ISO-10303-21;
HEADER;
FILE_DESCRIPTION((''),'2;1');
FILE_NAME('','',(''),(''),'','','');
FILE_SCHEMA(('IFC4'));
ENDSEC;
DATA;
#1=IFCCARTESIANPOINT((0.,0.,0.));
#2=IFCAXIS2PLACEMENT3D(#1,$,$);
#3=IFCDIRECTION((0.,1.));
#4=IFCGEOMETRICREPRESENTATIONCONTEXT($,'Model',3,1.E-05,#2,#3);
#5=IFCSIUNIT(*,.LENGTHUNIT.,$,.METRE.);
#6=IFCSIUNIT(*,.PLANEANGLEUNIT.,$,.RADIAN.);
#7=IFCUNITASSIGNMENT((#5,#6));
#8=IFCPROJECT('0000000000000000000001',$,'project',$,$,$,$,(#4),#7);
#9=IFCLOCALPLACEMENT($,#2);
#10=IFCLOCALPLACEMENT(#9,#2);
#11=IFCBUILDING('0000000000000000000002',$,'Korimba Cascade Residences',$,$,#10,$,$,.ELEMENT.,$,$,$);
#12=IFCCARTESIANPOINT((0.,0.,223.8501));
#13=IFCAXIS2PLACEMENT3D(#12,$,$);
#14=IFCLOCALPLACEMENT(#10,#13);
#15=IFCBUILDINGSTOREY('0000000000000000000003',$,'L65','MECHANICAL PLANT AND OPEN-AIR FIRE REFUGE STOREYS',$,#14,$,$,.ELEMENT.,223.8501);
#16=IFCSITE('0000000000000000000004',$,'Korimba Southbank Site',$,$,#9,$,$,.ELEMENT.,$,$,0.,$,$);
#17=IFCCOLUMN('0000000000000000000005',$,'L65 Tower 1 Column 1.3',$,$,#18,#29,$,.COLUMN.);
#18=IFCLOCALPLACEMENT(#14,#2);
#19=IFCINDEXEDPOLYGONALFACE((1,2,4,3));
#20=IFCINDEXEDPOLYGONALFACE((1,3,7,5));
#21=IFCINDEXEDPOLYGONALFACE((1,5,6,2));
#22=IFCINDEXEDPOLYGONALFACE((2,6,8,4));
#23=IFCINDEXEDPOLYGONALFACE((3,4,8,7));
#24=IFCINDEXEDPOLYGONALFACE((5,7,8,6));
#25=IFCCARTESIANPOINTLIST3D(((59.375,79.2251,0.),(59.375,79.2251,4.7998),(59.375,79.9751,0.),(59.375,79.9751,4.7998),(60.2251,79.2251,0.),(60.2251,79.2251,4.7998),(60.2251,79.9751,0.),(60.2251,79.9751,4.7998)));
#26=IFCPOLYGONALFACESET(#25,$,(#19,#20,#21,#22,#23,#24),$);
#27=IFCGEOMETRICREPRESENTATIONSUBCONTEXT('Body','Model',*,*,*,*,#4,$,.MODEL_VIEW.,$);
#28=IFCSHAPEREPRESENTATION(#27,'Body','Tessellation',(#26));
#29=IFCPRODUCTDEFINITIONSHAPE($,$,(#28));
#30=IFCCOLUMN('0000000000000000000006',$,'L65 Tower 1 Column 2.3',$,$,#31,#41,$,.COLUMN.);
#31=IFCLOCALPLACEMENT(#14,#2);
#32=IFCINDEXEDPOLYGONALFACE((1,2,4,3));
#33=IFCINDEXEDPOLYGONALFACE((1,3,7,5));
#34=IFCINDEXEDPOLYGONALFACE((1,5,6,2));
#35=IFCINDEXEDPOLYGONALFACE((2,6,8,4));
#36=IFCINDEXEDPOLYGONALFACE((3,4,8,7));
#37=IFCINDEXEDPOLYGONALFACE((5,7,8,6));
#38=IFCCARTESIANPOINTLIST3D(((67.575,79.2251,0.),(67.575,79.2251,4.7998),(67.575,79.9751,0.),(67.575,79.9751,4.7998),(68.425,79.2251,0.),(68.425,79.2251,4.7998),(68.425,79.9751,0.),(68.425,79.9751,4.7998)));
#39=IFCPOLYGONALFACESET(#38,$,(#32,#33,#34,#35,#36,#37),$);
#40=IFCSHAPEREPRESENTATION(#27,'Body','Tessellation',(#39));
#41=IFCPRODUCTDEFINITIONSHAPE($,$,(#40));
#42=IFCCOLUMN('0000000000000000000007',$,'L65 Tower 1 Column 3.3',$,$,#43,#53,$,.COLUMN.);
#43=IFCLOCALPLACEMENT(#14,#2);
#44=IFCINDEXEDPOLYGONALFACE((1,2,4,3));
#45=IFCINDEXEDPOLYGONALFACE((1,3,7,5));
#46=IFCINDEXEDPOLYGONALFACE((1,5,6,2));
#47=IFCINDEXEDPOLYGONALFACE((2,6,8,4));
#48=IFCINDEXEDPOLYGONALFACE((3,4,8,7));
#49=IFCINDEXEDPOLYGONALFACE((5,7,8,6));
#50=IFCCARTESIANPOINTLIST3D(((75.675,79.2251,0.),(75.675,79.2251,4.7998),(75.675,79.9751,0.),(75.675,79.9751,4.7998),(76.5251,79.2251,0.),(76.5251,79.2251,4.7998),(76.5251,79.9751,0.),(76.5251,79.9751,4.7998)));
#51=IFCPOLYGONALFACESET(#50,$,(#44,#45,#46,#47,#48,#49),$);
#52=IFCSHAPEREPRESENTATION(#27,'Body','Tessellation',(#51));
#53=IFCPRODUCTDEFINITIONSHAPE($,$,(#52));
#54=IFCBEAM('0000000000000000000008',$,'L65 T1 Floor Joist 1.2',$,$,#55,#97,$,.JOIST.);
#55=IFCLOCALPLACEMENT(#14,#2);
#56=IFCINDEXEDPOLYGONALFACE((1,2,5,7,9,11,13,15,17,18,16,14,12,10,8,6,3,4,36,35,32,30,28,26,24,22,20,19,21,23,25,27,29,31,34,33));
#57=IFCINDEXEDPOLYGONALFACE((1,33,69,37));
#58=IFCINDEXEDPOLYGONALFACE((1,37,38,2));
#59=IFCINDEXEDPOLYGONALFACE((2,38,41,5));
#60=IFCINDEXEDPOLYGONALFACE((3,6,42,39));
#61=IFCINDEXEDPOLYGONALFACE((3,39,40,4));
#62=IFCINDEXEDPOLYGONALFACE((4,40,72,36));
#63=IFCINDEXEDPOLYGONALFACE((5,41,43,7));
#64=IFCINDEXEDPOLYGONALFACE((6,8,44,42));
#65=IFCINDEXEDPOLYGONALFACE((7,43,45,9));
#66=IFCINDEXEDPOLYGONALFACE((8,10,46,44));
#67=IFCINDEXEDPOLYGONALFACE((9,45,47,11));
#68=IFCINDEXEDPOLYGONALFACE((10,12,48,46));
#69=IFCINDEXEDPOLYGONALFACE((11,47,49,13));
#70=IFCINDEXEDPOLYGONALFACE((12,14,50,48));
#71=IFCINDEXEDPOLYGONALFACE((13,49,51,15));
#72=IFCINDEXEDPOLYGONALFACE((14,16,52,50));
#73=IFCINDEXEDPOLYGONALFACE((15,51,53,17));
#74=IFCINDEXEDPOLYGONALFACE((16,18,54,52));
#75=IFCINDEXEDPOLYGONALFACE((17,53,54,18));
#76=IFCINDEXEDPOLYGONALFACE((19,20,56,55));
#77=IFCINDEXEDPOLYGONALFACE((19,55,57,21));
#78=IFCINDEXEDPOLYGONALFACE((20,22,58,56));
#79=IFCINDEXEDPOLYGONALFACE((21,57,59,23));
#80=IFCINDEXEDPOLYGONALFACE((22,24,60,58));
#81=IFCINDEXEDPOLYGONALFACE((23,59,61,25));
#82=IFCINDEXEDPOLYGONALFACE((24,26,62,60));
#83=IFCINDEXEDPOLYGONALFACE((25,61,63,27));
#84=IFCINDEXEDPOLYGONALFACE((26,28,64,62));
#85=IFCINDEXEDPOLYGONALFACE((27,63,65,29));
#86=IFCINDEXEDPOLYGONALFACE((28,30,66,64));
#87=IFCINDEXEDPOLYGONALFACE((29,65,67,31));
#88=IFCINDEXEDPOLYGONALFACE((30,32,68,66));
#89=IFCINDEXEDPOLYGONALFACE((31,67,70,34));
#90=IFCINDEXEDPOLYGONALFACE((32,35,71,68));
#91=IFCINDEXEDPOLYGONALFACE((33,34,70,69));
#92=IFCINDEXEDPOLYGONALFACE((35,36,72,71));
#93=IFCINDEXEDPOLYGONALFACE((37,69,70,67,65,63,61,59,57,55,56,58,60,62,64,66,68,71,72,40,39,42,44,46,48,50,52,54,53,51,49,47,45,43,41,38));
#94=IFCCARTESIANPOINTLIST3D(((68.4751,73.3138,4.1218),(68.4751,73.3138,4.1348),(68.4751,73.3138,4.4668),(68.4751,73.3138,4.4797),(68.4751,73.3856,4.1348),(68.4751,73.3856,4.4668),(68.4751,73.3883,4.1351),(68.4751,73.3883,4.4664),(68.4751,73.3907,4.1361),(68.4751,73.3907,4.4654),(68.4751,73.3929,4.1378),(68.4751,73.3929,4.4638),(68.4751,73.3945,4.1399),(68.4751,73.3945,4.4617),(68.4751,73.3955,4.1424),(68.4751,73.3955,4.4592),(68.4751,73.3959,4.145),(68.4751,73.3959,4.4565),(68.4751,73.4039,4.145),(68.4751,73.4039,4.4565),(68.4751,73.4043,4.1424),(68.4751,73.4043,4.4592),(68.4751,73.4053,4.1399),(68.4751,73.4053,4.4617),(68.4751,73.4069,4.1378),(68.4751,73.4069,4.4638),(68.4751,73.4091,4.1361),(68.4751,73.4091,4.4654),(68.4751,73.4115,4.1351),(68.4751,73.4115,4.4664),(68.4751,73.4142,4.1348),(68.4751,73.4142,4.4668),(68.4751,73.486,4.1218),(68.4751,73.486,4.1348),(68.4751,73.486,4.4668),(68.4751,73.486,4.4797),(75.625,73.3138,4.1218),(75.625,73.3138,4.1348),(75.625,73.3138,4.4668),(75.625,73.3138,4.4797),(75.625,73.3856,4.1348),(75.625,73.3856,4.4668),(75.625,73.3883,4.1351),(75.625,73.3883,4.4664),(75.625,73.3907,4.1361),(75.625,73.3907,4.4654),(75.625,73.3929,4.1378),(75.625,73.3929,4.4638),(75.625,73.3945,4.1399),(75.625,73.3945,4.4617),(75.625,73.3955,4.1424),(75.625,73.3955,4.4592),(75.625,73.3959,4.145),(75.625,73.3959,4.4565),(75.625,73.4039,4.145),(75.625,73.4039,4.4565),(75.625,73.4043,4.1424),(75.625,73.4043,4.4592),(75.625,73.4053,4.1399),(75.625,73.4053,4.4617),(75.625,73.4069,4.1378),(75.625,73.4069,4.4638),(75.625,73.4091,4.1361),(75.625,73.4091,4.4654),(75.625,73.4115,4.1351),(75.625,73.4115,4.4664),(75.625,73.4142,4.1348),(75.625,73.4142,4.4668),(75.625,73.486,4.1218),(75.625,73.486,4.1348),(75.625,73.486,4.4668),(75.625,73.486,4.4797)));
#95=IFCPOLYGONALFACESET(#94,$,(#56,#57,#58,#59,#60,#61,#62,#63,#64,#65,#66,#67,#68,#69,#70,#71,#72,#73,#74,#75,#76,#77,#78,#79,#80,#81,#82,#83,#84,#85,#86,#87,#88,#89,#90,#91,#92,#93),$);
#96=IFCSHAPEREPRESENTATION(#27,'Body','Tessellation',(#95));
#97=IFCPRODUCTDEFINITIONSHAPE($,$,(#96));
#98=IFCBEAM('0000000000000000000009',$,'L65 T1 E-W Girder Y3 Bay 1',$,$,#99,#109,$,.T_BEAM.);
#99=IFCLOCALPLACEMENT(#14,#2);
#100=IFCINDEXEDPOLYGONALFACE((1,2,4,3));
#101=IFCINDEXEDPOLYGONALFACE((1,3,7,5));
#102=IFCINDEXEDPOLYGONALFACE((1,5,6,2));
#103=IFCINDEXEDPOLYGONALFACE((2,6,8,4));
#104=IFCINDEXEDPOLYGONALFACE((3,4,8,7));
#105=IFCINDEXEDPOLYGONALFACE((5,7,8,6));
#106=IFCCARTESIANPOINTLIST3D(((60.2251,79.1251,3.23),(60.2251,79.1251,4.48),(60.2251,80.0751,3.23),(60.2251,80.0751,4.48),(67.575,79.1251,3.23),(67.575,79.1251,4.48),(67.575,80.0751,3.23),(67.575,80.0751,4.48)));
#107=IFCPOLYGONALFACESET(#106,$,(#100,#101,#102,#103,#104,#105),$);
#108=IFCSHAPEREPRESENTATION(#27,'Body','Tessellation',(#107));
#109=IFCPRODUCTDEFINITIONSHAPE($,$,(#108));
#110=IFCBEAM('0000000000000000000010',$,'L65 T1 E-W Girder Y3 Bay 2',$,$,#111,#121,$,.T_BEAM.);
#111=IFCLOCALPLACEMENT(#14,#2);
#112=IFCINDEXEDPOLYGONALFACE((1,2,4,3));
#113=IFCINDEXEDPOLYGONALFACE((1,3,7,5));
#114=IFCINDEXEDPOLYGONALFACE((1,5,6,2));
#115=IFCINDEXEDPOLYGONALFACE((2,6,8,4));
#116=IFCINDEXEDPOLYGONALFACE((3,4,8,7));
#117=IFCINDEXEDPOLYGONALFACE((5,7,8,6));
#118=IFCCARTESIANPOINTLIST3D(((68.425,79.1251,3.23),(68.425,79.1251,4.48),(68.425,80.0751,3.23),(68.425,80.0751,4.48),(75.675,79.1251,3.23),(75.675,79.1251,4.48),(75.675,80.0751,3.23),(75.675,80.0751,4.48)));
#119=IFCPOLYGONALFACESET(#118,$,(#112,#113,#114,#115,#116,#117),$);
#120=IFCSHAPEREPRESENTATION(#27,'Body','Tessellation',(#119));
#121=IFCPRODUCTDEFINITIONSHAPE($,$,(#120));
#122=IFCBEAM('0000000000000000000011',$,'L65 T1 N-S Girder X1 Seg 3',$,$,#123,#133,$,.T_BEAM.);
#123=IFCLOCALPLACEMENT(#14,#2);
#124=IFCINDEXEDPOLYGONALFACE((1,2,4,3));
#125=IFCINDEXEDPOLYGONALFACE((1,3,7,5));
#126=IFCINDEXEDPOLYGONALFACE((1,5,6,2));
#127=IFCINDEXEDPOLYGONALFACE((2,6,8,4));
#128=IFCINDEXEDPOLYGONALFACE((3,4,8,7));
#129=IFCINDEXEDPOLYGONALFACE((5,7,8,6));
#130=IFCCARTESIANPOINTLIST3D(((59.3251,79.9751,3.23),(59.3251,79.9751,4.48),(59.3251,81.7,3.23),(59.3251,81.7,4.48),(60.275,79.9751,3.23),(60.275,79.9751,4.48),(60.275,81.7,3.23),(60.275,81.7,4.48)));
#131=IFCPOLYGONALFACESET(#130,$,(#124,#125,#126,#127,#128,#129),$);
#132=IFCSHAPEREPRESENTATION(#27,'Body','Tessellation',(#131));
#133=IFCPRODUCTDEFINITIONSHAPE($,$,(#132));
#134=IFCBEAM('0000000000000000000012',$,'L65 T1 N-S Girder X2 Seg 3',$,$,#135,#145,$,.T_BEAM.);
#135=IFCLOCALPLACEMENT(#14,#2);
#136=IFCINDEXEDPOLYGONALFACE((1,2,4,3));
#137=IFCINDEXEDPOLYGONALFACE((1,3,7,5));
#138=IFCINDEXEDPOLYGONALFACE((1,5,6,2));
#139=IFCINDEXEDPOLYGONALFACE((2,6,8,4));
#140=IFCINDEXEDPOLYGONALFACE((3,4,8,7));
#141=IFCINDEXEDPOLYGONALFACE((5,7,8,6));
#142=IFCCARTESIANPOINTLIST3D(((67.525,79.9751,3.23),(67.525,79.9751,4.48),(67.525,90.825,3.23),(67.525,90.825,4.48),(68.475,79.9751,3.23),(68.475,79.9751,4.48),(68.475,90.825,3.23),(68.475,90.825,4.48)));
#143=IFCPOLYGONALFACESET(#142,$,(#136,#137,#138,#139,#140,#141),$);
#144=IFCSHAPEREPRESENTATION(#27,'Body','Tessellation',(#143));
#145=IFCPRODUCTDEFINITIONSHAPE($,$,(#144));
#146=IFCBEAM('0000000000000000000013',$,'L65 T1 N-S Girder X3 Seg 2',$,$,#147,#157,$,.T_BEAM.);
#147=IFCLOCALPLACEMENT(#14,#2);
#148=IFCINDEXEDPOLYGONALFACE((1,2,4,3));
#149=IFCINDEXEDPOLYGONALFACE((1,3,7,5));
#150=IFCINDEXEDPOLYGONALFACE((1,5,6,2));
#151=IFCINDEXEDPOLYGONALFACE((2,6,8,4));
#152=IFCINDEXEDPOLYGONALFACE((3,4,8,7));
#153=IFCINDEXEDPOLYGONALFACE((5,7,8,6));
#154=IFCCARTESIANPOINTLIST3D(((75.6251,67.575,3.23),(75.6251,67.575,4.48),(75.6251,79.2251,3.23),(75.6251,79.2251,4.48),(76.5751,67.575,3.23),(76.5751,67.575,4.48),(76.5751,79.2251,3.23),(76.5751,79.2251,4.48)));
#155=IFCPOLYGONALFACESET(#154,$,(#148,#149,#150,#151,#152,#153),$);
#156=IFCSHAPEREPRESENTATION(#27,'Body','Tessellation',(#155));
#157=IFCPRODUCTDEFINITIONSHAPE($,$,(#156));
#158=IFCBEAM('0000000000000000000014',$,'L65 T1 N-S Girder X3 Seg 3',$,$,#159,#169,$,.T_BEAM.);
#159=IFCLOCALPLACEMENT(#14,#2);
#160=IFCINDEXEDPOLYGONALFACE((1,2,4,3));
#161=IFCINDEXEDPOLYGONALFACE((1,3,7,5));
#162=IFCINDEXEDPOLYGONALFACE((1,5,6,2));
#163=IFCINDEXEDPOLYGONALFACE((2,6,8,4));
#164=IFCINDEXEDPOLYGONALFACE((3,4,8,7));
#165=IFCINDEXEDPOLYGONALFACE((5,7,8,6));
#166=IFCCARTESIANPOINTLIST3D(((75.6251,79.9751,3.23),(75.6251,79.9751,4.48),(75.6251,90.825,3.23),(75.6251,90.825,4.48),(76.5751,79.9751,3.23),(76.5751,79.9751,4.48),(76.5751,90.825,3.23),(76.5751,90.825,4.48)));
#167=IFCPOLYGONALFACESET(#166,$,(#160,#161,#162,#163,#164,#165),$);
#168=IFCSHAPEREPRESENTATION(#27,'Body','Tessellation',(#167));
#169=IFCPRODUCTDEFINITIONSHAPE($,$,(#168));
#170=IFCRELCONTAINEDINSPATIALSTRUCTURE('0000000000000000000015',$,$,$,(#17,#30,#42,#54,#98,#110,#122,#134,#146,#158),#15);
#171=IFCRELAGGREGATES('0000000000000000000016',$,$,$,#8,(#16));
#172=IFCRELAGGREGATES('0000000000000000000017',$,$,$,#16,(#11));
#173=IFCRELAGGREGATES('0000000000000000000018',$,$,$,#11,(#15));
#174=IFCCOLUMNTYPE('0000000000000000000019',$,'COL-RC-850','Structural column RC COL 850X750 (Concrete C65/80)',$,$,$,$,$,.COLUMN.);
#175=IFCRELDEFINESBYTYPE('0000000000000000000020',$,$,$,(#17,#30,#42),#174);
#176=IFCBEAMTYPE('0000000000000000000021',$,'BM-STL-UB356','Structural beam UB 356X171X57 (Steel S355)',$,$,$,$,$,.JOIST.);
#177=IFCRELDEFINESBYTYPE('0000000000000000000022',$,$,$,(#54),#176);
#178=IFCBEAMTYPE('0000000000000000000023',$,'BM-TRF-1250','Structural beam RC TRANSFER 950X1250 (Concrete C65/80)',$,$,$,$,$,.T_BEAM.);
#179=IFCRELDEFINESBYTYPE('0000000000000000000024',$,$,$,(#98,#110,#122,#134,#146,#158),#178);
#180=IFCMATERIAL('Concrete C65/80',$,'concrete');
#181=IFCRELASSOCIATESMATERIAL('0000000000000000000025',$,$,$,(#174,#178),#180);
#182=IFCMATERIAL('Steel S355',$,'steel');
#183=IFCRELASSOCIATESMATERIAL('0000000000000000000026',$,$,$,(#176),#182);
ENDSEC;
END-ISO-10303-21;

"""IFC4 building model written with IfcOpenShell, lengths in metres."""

from ifc_helpers import new_model, si_unit, direction, frame, origin, origin_2d, place, context, subcontext, project, spatial, rectangle, i_section, extrude, material, material_profile, profile_set, type_object, element, save


model = new_model("IFC4")

# Units and contexts
model_context = context("Model", 3, precision=1e-05, world=origin(), true_north=direction((0.0, 1.0)))
body_context = subcontext(model_context, "Body", "Model", "MODEL_VIEW")
ifc_project = project(units=[si_unit("LENGTHUNIT", "METRE"), si_unit("PLANEANGLEUNIT", "RADIAN")], contexts=[model_context])

# Site, building, storey
site_placement = place(None, origin())
site = spatial("IfcSite", under=ifc_project, at=site_placement, Name="Korimba Southbank Site", CompositionType="ELEMENT", RefElevation=0.0)
building_placement = place(site_placement, origin())
building = spatial("IfcBuilding", under=site, at=building_placement, Name="Korimba Cascade Residences", CompositionType="ELEMENT")
storey_placement = place(building_placement, frame((0.0, 0.0, 223.8501)))
storey = spatial("IfcBuildingStorey", under=building, at=storey_placement, Name="L65", Description="MECHANICAL PLANT AND OPEN-AIR FIRE REFUGE STOREYS", CompositionType="ELEMENT", Elevation=223.8501)

# Columns
ifc_material_1 = material(Name="Concrete C65/80", Category="concrete")
ifc_material_profile_1 = material_profile(ifc_material_1, rectangle(XDim=0.8501, YDim=0.75, at=origin_2d()), Name="Concrete C65/80")
ifc_profile_set_1 = profile_set([ifc_material_profile_1], Name="Concrete C65/80")
column_type = type_object("IfcColumnType", Name="COL-RC-850", Description="Structural column RC COL 850X750 (Concrete C65/80)", PredefinedType="COLUMN", material=ifc_profile_set_1)
for number, where, z_axis, x_axis, name in (
    (1, (59.8, 79.6001, 0.0), (0.0, 0.0, 1.0), (1.0, 0.0, 0.0), "L65 Tower 1 Column 1.3"),
    (2, (68.0, 79.6001, 0.0), (0.0, 0.0, 1.0), (1.0, 0.0, 0.0), "L65 Tower 1 Column 2.3"),
    (3, (76.1001, 79.6001, 0.0), (0.0, 0.0, 1.0), (1.0, 0.0, 0.0), "L65 Tower 1 Column 3.3"),
):
    element("IfcColumn", number, at=place(storey_placement, frame(where, z_axis=z_axis, x_axis=x_axis)), inside=storey, type_object=column_type, Name=name, PredefinedType="COLUMN", context=body_context, shape_type="SweptSolid", body=[
        extrude(rectangle(XDim=0.8501, YDim=0.75, at=origin_2d()), origin(), (0.0, 0.0, 1.0), 4.7998),
    ])

# Beams
ifc_material_2 = material(Name="Steel S355", Category="steel")
ifc_material_profile_2 = material_profile(ifc_material_2, i_section(OverallWidth=0.1721, OverallDepth=0.3579, WebThickness=0.0081, FlangeThickness=0.0129, FilletRadius=0.0103, at=origin_2d()), Name="Steel S355")
ifc_profile_set_2 = profile_set([ifc_material_profile_2], Name="Steel S355")
beam_type_1 = type_object("IfcBeamType", Name="BM-STL-UB356", Description="Structural beam UB 356X171X57 (Steel S355)", PredefinedType="JOIST", material=ifc_profile_set_2)
beam_1_placement = place(storey_placement, frame((68.4751, 73.3999, 4.3008), z_axis=(1.0, 0.0, 0.0), x_axis=(0.0, 1.0, 0.0)))
element("IfcBeam", 4, at=beam_1_placement, inside=storey, type_object=beam_type_1, Name="L65 T1 Floor Joist 1.2", PredefinedType="JOIST", context=body_context, shape_type="SweptSolid", body=[
    extrude(i_section(OverallWidth=0.1721, OverallDepth=0.3579, WebThickness=0.0081, FlangeThickness=0.0129, FilletRadius=0.0103, at=origin_2d()), origin(), (0.0, 0.0, 1.0), 7.1499),
])
ifc_material_profile_3 = material_profile(ifc_material_1, rectangle(XDim=0.95, YDim=1.25, at=origin_2d()), Name="Concrete C65/80")
ifc_profile_set_3 = profile_set([ifc_material_profile_3], Name="Concrete C65/80")
beam_type_2 = type_object("IfcBeamType", Name="BM-TRF-1250", Description="Structural beam RC TRANSFER 950X1250 (Concrete C65/80)", PredefinedType="T_BEAM", material=ifc_profile_set_3)
beam_2_placement = place(storey_placement, frame((60.2251, 79.6001, 3.855), z_axis=(1.0, 0.0, 0.0), x_axis=(0.0, 1.0, 0.0)))
element("IfcBeam", 5, at=beam_2_placement, inside=storey, type_object=beam_type_2, Name="L65 T1 E-W Girder Y3 Bay 1", PredefinedType="T_BEAM", context=body_context, shape_type="SweptSolid", body=[
    extrude(rectangle(XDim=0.95, YDim=1.25, at=origin_2d()), origin(), (0.0, 0.0, 1.0), 7.3499),
])
beam_3_placement = place(storey_placement, frame((68.425, 79.6001, 3.855), z_axis=(1.0, 0.0, 0.0), x_axis=(0.0, 1.0, 0.0)))
element("IfcBeam", 6, at=beam_3_placement, inside=storey, type_object=beam_type_2, Name="L65 T1 E-W Girder Y3 Bay 2", PredefinedType="T_BEAM", context=body_context, shape_type="SweptSolid", body=[
    extrude(rectangle(XDim=0.95, YDim=1.25, at=origin_2d()), origin(), (0.0, 0.0, 1.0), 7.25),
])
beam_4_placement = place(storey_placement, frame((59.8, 79.9751, 3.855), z_axis=(0.0, 1.0, 0.0), x_axis=(-1.0, 0.0, 0.0)))
element("IfcBeam", 7, at=beam_4_placement, inside=storey, type_object=beam_type_2, Name="L65 T1 N-S Girder X1 Seg 3", PredefinedType="T_BEAM", context=body_context, shape_type="SweptSolid", body=[
    extrude(rectangle(XDim=0.95, YDim=1.25, at=origin_2d()), origin(), (0.0, 0.0, 1.0), 1.7249),
])
beam_5_placement = place(storey_placement, frame((68.0, 79.9751, 3.855), z_axis=(0.0, 1.0, 0.0), x_axis=(-1.0, 0.0, 0.0)))
element("IfcBeam", 8, at=beam_5_placement, inside=storey, type_object=beam_type_2, Name="L65 T1 N-S Girder X2 Seg 3", PredefinedType="T_BEAM", context=body_context, shape_type="SweptSolid", body=[
    extrude(rectangle(XDim=0.95, YDim=1.25, at=origin_2d()), origin(), (0.0, 0.0, 1.0), 10.8499),
])
beam_6_placement = place(storey_placement, frame((76.1001, 67.575, 3.855), z_axis=(0.0, 1.0, 0.0), x_axis=(-1.0, 0.0, 0.0)))
element("IfcBeam", 9, at=beam_6_placement, inside=storey, type_object=beam_type_2, Name="L65 T1 N-S Girder X3 Seg 2", PredefinedType="T_BEAM", context=body_context, shape_type="SweptSolid", body=[
    extrude(rectangle(XDim=0.95, YDim=1.25, at=origin_2d()), origin(), (0.0, 0.0, 1.0), 11.6501),
])
beam_7_placement = place(storey_placement, frame((76.1001, 79.9751, 3.855), z_axis=(0.0, 1.0, 0.0), x_axis=(-1.0, 0.0, 0.0)))
element("IfcBeam", 10, at=beam_7_placement, inside=storey, type_object=beam_type_2, Name="L65 T1 N-S Girder X3 Seg 3", PredefinedType="T_BEAM", context=body_context, shape_type="SweptSolid", body=[
    extrude(rectangle(XDim=0.95, YDim=1.25, at=origin_2d()), origin(), (0.0, 0.0, 1.0), 10.8499),
])

save(model, "model.ifc")
